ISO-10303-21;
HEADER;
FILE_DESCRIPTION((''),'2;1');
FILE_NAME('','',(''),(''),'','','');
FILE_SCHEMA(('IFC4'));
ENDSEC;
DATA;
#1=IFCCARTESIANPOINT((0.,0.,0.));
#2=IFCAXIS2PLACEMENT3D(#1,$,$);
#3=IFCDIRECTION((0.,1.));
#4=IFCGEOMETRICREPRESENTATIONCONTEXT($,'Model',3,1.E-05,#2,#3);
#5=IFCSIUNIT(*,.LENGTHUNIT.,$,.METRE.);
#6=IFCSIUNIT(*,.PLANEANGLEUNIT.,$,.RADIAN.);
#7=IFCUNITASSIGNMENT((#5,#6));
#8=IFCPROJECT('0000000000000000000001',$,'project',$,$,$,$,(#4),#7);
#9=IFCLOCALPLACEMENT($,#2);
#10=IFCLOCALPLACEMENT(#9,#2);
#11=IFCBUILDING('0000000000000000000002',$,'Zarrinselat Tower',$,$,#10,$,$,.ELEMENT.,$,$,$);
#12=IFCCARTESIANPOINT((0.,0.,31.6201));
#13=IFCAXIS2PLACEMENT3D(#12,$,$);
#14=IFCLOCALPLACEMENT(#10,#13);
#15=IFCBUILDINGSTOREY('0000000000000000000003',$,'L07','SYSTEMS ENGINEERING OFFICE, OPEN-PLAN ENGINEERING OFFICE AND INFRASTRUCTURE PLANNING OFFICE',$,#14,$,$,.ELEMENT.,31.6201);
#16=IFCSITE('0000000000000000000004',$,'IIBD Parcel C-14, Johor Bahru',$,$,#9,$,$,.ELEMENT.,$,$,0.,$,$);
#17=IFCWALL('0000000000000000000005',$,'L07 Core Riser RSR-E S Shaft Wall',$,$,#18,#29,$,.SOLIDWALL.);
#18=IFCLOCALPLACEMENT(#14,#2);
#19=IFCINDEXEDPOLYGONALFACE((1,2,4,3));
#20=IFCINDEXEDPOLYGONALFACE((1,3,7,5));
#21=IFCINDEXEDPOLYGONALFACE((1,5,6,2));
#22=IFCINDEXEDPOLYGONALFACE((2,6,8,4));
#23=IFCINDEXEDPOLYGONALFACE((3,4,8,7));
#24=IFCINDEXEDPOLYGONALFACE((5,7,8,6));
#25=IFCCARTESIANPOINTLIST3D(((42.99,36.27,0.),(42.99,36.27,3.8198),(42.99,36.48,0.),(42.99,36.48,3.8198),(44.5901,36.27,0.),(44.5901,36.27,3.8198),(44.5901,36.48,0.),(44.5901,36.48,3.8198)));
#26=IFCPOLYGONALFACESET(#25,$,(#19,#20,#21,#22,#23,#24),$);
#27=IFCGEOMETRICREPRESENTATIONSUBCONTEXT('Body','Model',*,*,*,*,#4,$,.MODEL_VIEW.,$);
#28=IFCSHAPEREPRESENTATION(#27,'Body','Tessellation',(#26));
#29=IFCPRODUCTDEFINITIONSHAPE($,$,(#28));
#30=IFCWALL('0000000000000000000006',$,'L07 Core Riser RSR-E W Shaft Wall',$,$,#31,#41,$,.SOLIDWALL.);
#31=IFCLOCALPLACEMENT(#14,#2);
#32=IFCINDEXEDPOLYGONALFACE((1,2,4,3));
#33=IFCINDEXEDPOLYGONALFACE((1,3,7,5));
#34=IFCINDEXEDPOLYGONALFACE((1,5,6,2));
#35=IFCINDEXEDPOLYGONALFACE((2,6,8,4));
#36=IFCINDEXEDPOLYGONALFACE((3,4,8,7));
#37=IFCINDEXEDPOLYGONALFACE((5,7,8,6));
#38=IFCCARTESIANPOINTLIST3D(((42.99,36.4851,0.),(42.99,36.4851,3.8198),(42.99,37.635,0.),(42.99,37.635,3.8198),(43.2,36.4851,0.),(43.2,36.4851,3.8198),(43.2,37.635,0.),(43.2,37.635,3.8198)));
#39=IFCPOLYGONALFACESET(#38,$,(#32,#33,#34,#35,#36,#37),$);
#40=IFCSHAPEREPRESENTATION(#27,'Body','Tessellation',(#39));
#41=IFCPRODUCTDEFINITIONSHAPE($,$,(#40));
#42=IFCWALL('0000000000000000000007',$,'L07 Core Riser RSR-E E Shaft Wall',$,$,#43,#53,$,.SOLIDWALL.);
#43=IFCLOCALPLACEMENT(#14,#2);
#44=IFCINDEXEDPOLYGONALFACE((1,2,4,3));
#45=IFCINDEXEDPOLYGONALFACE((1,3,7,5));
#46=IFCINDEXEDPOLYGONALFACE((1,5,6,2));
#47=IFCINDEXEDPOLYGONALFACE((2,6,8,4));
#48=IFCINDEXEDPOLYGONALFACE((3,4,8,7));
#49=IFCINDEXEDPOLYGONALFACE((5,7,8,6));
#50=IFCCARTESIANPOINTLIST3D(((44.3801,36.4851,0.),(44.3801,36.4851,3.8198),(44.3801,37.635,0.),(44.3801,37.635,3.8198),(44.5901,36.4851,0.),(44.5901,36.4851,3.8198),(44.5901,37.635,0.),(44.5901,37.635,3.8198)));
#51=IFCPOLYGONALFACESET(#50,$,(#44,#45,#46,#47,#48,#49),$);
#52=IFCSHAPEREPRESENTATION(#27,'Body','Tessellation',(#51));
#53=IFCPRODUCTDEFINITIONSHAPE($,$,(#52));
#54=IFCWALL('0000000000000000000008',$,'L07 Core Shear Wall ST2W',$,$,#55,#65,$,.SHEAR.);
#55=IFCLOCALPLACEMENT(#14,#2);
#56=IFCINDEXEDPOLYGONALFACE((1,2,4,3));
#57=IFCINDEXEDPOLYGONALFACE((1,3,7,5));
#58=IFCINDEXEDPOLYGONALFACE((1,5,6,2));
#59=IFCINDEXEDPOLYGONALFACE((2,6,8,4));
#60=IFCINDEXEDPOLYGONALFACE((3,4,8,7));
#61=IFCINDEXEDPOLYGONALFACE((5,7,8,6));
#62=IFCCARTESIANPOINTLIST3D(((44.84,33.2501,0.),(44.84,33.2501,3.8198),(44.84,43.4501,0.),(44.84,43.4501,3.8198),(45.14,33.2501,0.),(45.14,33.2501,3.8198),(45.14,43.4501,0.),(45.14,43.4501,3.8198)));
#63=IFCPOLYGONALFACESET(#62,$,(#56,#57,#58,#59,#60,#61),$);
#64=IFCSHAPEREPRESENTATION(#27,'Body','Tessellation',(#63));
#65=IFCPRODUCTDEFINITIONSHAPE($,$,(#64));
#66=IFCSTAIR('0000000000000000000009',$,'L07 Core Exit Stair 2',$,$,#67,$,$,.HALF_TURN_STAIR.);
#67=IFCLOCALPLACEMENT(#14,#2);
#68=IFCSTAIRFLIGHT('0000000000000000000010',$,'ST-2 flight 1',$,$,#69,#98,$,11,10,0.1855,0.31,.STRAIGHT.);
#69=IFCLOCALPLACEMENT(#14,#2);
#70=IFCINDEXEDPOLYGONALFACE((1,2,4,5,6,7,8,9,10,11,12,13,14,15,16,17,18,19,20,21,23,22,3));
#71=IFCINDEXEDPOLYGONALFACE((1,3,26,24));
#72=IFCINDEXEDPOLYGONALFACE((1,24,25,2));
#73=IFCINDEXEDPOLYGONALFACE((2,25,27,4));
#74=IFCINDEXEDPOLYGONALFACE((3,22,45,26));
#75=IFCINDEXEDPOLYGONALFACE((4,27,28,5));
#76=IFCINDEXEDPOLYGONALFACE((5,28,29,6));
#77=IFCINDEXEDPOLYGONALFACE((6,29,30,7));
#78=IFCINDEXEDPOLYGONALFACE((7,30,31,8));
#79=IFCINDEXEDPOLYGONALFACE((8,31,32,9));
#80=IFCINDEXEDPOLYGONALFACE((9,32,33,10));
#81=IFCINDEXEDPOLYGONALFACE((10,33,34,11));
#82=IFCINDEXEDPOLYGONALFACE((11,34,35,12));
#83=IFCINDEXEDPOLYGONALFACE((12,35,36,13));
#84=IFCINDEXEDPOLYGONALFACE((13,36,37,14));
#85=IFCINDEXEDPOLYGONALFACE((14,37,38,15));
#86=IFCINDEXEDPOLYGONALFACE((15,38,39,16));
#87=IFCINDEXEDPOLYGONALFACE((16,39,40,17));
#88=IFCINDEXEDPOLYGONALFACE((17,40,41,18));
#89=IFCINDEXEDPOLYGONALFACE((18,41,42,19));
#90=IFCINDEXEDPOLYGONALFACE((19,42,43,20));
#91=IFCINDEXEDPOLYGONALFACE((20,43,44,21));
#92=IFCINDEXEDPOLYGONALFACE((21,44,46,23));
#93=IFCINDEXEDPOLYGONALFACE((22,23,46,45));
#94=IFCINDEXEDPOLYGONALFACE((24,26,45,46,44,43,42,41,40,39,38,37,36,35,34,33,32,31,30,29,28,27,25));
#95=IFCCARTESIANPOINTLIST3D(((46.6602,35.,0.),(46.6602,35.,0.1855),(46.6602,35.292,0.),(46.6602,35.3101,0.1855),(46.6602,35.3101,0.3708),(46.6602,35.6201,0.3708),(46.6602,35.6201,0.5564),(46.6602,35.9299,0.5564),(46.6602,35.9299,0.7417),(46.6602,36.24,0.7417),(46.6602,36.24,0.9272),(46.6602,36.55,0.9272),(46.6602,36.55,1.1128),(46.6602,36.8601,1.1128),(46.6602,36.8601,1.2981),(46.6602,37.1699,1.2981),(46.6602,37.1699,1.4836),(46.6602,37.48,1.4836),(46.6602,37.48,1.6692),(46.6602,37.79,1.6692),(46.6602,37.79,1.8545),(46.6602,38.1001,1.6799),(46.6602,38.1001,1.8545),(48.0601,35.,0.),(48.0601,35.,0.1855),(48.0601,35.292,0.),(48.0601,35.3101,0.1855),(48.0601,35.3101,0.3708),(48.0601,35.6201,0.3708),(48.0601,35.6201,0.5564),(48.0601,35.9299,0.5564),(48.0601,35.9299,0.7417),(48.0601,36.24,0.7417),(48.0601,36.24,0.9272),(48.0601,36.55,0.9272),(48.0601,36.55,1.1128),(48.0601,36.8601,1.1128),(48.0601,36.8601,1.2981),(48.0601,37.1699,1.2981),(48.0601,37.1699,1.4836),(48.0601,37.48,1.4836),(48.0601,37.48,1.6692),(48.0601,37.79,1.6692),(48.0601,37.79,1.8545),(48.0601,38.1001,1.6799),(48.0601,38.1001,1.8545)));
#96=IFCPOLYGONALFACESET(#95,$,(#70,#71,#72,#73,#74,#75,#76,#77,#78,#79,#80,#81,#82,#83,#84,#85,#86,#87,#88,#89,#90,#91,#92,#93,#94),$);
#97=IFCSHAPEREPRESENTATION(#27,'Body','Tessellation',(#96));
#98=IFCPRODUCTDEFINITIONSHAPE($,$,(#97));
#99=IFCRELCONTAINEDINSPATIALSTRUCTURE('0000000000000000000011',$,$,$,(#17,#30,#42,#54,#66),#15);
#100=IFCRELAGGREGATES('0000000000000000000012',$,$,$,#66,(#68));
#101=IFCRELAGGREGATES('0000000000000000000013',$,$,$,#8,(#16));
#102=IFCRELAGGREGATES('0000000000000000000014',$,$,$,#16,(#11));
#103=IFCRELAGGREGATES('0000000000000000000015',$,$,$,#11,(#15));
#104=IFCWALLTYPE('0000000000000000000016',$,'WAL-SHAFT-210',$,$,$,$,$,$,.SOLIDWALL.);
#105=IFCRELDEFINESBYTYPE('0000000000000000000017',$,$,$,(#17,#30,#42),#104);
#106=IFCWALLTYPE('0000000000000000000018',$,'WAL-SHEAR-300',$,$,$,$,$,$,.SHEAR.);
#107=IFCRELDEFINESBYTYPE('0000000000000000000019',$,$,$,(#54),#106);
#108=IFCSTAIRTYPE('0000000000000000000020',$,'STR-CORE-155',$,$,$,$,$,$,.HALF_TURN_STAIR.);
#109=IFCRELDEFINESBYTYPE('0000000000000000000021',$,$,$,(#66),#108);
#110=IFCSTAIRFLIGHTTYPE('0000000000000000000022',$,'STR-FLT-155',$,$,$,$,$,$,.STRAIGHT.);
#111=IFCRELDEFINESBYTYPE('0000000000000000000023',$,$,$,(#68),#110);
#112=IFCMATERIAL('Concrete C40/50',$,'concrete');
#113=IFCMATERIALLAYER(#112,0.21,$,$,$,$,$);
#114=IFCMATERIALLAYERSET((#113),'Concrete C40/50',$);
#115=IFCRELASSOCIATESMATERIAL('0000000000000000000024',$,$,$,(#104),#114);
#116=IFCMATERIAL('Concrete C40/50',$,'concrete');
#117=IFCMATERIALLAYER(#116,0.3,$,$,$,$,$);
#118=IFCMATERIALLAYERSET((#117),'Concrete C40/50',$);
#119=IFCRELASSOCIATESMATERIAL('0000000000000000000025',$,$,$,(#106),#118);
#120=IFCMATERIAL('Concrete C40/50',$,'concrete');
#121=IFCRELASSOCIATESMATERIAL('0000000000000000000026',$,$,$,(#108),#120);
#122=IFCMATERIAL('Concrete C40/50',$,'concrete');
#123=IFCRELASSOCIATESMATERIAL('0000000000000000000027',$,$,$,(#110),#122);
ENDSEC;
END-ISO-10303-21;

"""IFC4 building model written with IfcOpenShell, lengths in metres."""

from ifc_helpers import new_model, si_unit, direction, frame, frame_2d, origin, place, context, subcontext, project, spatial, polyline, rectangle, outline, extrude, material, layer, layer_set, type_object, element, aggregate, save


model = new_model("IFC4")

# Units and contexts
model_context = context("Model", 3, precision=1e-05, world=origin(), true_north=direction((0.0, 1.0)))
body_context = subcontext(model_context, "Body", "Model", "MODEL_VIEW")
ifc_project = project(units=[si_unit("LENGTHUNIT", "METRE"), si_unit("PLANEANGLEUNIT", "RADIAN")], contexts=[model_context])

# Site, building, storey
site_placement = place(None, origin())
site = spatial("IfcSite", under=ifc_project, at=site_placement, Name="IIBD Parcel C-14, Johor Bahru", CompositionType="ELEMENT", RefElevation=0.0)
building_placement = place(site_placement, origin())
building = spatial("IfcBuilding", under=site, at=building_placement, Name="Zarrinselat Tower", CompositionType="ELEMENT")
storey_placement = place(building_placement, frame((0.0, 0.0, 31.6201)))
storey = spatial("IfcBuildingStorey", under=building, at=storey_placement, Name="L07", Description="SYSTEMS ENGINEERING OFFICE, OPEN-PLAN ENGINEERING OFFICE AND INFRASTRUCTURE PLANNING OFFICE", CompositionType="ELEMENT", Elevation=31.6201)

# Walls
ifc_material_1 = material(Name="Concrete C40/50", Category="concrete")
ifc_layer_1 = layer(ifc_material_1, 0.21)
ifc_layer_set_1 = layer_set([ifc_layer_1], Name="Concrete C40/50")
wall_type_1 = type_object("IfcWallType", Name="WAL-SHAFT-210", PredefinedType="SOLIDWALL", material=ifc_layer_set_1)
wall_1_placement = place(storey_placement, frame((42.99, 36.375, 0.0), z_axis=(0.0, 0.0, 1.0), x_axis=(1.0, 0.0, 0.0)))
element("IfcWall", 1, at=wall_1_placement, inside=storey, type_object=wall_type_1, Name="L07 Core Riser RSR-E S Shaft Wall", PredefinedType="SOLIDWALL", context=body_context, shape_type="SweptSolid", body=[
    extrude(rectangle(XDim=1.6001, YDim=0.21, at=frame_2d((0.8, 0.0))), origin(), (0.0, 0.0, 1.0), 3.8198),
])
for number, where, z_axis, x_axis, name in (
    (2, (43.095, 36.4851, 0.0), (0.0, 0.0, 1.0), (0.0, 1.0, 0.0), "L07 Core Riser RSR-E W Shaft Wall"),
    (3, (44.4851, 36.4851, 0.0), (0.0, 0.0, 1.0), (0.0, 1.0, 0.0), "L07 Core Riser RSR-E E Shaft Wall"),
):
    element("IfcWall", number, at=place(storey_placement, frame(where, z_axis=z_axis, x_axis=x_axis)), inside=storey, type_object=wall_type_1, Name=name, PredefinedType="SOLIDWALL", context=body_context, shape_type="SweptSolid", body=[
        extrude(rectangle(XDim=1.1499, YDim=0.21, at=frame_2d((0.575, 0.0))), origin(), (0.0, 0.0, 1.0), 3.8198),
    ])
ifc_material_2 = material(Name="Concrete C40/50", Category="concrete")
ifc_layer_2 = layer(ifc_material_2, 0.3)
ifc_layer_set_2 = layer_set([ifc_layer_2], Name="Concrete C40/50")
wall_type_2 = type_object("IfcWallType", Name="WAL-SHEAR-300", PredefinedType="SHEAR", material=ifc_layer_set_2)
wall_2_placement = place(storey_placement, frame((44.99, 33.25, 0.0), z_axis=(0.0, 0.0, 1.0), x_axis=(0.0, 1.0, 0.0)))
element("IfcWall", 4, at=wall_2_placement, inside=storey, type_object=wall_type_2, Name="L07 Core Shear Wall ST2W", PredefinedType="SHEAR", context=body_context, shape_type="SweptSolid", body=[
    extrude(rectangle(XDim=10.2, YDim=0.3, at=frame_2d((5.1001, 0.0))), origin(), (0.0, 0.0, 1.0), 3.8198),
])

# Stair, stair flight
ifc_material_3 = material(Name="Concrete C40/50", Category="concrete")
stair_type = type_object("IfcStairType", Name="STR-CORE-155", PredefinedType="HALF_TURN_STAIR", material=ifc_material_3)
stair_placement = place(storey_placement, origin())
stair = element("IfcStair", 5, at=stair_placement, inside=storey, type_object=stair_type, Name="L07 Core Exit Stair 2", PredefinedType="HALF_TURN_STAIR")
ifc_material_4 = material(Name="Concrete C40/50", Category="concrete")
stair_flight_type = type_object("IfcStairFlightType", Name="STR-FLT-155", PredefinedType="STRAIGHT", material=ifc_material_4)
stair_flight_placement = place(storey_placement, frame((47.3601, 35.0, 0.0), z_axis=(0.0, 0.0, 1.0), x_axis=(0.0, 1.0, 0.0)))
stair_flight = element("IfcStairFlight", 6, at=stair_flight_placement, type_object=stair_flight_type, Name="ST-2 flight 1", NumberOfRisers=11, NumberOfTreads=10, PredefinedType="STRAIGHT", RiserHeight=0.1855, TreadLength=0.31, context=body_context, shape_type="SweptSolid", body=[
    extrude(outline(polyline([(0.0, 0.0), (0.0, 0.1855), (0.3101, 0.1855), (0.3101, 0.3708), (0.6201, 0.3708), (0.6201, 0.5564), (0.9299, 0.5564), (0.9299, 0.7417), (1.24, 0.7417), (1.24, 0.9272), (1.55, 0.9272), (1.55, 1.1128), (1.8601, 1.1128), (1.8601, 1.2981), (2.1699, 1.2981), (2.1699, 1.4836), (2.48, 1.4836), (2.48, 1.6692), (2.79, 1.6692), (2.79, 1.8545), (3.1001, 1.8545), (3.1001, 2.04), (3.1001, 1.6799), (0.292, 0.0), (0.0, 0.0)])), frame((0.0, 0.7, 0.0), z_axis=(0.0, -1.0, 0.0), x_axis=(1.0, 0.0, 0.0)), (0.0, 0.0, 1.0), 1.3999),
])
aggregate(stair, [stair_flight])

save(model, "model.ifc")
